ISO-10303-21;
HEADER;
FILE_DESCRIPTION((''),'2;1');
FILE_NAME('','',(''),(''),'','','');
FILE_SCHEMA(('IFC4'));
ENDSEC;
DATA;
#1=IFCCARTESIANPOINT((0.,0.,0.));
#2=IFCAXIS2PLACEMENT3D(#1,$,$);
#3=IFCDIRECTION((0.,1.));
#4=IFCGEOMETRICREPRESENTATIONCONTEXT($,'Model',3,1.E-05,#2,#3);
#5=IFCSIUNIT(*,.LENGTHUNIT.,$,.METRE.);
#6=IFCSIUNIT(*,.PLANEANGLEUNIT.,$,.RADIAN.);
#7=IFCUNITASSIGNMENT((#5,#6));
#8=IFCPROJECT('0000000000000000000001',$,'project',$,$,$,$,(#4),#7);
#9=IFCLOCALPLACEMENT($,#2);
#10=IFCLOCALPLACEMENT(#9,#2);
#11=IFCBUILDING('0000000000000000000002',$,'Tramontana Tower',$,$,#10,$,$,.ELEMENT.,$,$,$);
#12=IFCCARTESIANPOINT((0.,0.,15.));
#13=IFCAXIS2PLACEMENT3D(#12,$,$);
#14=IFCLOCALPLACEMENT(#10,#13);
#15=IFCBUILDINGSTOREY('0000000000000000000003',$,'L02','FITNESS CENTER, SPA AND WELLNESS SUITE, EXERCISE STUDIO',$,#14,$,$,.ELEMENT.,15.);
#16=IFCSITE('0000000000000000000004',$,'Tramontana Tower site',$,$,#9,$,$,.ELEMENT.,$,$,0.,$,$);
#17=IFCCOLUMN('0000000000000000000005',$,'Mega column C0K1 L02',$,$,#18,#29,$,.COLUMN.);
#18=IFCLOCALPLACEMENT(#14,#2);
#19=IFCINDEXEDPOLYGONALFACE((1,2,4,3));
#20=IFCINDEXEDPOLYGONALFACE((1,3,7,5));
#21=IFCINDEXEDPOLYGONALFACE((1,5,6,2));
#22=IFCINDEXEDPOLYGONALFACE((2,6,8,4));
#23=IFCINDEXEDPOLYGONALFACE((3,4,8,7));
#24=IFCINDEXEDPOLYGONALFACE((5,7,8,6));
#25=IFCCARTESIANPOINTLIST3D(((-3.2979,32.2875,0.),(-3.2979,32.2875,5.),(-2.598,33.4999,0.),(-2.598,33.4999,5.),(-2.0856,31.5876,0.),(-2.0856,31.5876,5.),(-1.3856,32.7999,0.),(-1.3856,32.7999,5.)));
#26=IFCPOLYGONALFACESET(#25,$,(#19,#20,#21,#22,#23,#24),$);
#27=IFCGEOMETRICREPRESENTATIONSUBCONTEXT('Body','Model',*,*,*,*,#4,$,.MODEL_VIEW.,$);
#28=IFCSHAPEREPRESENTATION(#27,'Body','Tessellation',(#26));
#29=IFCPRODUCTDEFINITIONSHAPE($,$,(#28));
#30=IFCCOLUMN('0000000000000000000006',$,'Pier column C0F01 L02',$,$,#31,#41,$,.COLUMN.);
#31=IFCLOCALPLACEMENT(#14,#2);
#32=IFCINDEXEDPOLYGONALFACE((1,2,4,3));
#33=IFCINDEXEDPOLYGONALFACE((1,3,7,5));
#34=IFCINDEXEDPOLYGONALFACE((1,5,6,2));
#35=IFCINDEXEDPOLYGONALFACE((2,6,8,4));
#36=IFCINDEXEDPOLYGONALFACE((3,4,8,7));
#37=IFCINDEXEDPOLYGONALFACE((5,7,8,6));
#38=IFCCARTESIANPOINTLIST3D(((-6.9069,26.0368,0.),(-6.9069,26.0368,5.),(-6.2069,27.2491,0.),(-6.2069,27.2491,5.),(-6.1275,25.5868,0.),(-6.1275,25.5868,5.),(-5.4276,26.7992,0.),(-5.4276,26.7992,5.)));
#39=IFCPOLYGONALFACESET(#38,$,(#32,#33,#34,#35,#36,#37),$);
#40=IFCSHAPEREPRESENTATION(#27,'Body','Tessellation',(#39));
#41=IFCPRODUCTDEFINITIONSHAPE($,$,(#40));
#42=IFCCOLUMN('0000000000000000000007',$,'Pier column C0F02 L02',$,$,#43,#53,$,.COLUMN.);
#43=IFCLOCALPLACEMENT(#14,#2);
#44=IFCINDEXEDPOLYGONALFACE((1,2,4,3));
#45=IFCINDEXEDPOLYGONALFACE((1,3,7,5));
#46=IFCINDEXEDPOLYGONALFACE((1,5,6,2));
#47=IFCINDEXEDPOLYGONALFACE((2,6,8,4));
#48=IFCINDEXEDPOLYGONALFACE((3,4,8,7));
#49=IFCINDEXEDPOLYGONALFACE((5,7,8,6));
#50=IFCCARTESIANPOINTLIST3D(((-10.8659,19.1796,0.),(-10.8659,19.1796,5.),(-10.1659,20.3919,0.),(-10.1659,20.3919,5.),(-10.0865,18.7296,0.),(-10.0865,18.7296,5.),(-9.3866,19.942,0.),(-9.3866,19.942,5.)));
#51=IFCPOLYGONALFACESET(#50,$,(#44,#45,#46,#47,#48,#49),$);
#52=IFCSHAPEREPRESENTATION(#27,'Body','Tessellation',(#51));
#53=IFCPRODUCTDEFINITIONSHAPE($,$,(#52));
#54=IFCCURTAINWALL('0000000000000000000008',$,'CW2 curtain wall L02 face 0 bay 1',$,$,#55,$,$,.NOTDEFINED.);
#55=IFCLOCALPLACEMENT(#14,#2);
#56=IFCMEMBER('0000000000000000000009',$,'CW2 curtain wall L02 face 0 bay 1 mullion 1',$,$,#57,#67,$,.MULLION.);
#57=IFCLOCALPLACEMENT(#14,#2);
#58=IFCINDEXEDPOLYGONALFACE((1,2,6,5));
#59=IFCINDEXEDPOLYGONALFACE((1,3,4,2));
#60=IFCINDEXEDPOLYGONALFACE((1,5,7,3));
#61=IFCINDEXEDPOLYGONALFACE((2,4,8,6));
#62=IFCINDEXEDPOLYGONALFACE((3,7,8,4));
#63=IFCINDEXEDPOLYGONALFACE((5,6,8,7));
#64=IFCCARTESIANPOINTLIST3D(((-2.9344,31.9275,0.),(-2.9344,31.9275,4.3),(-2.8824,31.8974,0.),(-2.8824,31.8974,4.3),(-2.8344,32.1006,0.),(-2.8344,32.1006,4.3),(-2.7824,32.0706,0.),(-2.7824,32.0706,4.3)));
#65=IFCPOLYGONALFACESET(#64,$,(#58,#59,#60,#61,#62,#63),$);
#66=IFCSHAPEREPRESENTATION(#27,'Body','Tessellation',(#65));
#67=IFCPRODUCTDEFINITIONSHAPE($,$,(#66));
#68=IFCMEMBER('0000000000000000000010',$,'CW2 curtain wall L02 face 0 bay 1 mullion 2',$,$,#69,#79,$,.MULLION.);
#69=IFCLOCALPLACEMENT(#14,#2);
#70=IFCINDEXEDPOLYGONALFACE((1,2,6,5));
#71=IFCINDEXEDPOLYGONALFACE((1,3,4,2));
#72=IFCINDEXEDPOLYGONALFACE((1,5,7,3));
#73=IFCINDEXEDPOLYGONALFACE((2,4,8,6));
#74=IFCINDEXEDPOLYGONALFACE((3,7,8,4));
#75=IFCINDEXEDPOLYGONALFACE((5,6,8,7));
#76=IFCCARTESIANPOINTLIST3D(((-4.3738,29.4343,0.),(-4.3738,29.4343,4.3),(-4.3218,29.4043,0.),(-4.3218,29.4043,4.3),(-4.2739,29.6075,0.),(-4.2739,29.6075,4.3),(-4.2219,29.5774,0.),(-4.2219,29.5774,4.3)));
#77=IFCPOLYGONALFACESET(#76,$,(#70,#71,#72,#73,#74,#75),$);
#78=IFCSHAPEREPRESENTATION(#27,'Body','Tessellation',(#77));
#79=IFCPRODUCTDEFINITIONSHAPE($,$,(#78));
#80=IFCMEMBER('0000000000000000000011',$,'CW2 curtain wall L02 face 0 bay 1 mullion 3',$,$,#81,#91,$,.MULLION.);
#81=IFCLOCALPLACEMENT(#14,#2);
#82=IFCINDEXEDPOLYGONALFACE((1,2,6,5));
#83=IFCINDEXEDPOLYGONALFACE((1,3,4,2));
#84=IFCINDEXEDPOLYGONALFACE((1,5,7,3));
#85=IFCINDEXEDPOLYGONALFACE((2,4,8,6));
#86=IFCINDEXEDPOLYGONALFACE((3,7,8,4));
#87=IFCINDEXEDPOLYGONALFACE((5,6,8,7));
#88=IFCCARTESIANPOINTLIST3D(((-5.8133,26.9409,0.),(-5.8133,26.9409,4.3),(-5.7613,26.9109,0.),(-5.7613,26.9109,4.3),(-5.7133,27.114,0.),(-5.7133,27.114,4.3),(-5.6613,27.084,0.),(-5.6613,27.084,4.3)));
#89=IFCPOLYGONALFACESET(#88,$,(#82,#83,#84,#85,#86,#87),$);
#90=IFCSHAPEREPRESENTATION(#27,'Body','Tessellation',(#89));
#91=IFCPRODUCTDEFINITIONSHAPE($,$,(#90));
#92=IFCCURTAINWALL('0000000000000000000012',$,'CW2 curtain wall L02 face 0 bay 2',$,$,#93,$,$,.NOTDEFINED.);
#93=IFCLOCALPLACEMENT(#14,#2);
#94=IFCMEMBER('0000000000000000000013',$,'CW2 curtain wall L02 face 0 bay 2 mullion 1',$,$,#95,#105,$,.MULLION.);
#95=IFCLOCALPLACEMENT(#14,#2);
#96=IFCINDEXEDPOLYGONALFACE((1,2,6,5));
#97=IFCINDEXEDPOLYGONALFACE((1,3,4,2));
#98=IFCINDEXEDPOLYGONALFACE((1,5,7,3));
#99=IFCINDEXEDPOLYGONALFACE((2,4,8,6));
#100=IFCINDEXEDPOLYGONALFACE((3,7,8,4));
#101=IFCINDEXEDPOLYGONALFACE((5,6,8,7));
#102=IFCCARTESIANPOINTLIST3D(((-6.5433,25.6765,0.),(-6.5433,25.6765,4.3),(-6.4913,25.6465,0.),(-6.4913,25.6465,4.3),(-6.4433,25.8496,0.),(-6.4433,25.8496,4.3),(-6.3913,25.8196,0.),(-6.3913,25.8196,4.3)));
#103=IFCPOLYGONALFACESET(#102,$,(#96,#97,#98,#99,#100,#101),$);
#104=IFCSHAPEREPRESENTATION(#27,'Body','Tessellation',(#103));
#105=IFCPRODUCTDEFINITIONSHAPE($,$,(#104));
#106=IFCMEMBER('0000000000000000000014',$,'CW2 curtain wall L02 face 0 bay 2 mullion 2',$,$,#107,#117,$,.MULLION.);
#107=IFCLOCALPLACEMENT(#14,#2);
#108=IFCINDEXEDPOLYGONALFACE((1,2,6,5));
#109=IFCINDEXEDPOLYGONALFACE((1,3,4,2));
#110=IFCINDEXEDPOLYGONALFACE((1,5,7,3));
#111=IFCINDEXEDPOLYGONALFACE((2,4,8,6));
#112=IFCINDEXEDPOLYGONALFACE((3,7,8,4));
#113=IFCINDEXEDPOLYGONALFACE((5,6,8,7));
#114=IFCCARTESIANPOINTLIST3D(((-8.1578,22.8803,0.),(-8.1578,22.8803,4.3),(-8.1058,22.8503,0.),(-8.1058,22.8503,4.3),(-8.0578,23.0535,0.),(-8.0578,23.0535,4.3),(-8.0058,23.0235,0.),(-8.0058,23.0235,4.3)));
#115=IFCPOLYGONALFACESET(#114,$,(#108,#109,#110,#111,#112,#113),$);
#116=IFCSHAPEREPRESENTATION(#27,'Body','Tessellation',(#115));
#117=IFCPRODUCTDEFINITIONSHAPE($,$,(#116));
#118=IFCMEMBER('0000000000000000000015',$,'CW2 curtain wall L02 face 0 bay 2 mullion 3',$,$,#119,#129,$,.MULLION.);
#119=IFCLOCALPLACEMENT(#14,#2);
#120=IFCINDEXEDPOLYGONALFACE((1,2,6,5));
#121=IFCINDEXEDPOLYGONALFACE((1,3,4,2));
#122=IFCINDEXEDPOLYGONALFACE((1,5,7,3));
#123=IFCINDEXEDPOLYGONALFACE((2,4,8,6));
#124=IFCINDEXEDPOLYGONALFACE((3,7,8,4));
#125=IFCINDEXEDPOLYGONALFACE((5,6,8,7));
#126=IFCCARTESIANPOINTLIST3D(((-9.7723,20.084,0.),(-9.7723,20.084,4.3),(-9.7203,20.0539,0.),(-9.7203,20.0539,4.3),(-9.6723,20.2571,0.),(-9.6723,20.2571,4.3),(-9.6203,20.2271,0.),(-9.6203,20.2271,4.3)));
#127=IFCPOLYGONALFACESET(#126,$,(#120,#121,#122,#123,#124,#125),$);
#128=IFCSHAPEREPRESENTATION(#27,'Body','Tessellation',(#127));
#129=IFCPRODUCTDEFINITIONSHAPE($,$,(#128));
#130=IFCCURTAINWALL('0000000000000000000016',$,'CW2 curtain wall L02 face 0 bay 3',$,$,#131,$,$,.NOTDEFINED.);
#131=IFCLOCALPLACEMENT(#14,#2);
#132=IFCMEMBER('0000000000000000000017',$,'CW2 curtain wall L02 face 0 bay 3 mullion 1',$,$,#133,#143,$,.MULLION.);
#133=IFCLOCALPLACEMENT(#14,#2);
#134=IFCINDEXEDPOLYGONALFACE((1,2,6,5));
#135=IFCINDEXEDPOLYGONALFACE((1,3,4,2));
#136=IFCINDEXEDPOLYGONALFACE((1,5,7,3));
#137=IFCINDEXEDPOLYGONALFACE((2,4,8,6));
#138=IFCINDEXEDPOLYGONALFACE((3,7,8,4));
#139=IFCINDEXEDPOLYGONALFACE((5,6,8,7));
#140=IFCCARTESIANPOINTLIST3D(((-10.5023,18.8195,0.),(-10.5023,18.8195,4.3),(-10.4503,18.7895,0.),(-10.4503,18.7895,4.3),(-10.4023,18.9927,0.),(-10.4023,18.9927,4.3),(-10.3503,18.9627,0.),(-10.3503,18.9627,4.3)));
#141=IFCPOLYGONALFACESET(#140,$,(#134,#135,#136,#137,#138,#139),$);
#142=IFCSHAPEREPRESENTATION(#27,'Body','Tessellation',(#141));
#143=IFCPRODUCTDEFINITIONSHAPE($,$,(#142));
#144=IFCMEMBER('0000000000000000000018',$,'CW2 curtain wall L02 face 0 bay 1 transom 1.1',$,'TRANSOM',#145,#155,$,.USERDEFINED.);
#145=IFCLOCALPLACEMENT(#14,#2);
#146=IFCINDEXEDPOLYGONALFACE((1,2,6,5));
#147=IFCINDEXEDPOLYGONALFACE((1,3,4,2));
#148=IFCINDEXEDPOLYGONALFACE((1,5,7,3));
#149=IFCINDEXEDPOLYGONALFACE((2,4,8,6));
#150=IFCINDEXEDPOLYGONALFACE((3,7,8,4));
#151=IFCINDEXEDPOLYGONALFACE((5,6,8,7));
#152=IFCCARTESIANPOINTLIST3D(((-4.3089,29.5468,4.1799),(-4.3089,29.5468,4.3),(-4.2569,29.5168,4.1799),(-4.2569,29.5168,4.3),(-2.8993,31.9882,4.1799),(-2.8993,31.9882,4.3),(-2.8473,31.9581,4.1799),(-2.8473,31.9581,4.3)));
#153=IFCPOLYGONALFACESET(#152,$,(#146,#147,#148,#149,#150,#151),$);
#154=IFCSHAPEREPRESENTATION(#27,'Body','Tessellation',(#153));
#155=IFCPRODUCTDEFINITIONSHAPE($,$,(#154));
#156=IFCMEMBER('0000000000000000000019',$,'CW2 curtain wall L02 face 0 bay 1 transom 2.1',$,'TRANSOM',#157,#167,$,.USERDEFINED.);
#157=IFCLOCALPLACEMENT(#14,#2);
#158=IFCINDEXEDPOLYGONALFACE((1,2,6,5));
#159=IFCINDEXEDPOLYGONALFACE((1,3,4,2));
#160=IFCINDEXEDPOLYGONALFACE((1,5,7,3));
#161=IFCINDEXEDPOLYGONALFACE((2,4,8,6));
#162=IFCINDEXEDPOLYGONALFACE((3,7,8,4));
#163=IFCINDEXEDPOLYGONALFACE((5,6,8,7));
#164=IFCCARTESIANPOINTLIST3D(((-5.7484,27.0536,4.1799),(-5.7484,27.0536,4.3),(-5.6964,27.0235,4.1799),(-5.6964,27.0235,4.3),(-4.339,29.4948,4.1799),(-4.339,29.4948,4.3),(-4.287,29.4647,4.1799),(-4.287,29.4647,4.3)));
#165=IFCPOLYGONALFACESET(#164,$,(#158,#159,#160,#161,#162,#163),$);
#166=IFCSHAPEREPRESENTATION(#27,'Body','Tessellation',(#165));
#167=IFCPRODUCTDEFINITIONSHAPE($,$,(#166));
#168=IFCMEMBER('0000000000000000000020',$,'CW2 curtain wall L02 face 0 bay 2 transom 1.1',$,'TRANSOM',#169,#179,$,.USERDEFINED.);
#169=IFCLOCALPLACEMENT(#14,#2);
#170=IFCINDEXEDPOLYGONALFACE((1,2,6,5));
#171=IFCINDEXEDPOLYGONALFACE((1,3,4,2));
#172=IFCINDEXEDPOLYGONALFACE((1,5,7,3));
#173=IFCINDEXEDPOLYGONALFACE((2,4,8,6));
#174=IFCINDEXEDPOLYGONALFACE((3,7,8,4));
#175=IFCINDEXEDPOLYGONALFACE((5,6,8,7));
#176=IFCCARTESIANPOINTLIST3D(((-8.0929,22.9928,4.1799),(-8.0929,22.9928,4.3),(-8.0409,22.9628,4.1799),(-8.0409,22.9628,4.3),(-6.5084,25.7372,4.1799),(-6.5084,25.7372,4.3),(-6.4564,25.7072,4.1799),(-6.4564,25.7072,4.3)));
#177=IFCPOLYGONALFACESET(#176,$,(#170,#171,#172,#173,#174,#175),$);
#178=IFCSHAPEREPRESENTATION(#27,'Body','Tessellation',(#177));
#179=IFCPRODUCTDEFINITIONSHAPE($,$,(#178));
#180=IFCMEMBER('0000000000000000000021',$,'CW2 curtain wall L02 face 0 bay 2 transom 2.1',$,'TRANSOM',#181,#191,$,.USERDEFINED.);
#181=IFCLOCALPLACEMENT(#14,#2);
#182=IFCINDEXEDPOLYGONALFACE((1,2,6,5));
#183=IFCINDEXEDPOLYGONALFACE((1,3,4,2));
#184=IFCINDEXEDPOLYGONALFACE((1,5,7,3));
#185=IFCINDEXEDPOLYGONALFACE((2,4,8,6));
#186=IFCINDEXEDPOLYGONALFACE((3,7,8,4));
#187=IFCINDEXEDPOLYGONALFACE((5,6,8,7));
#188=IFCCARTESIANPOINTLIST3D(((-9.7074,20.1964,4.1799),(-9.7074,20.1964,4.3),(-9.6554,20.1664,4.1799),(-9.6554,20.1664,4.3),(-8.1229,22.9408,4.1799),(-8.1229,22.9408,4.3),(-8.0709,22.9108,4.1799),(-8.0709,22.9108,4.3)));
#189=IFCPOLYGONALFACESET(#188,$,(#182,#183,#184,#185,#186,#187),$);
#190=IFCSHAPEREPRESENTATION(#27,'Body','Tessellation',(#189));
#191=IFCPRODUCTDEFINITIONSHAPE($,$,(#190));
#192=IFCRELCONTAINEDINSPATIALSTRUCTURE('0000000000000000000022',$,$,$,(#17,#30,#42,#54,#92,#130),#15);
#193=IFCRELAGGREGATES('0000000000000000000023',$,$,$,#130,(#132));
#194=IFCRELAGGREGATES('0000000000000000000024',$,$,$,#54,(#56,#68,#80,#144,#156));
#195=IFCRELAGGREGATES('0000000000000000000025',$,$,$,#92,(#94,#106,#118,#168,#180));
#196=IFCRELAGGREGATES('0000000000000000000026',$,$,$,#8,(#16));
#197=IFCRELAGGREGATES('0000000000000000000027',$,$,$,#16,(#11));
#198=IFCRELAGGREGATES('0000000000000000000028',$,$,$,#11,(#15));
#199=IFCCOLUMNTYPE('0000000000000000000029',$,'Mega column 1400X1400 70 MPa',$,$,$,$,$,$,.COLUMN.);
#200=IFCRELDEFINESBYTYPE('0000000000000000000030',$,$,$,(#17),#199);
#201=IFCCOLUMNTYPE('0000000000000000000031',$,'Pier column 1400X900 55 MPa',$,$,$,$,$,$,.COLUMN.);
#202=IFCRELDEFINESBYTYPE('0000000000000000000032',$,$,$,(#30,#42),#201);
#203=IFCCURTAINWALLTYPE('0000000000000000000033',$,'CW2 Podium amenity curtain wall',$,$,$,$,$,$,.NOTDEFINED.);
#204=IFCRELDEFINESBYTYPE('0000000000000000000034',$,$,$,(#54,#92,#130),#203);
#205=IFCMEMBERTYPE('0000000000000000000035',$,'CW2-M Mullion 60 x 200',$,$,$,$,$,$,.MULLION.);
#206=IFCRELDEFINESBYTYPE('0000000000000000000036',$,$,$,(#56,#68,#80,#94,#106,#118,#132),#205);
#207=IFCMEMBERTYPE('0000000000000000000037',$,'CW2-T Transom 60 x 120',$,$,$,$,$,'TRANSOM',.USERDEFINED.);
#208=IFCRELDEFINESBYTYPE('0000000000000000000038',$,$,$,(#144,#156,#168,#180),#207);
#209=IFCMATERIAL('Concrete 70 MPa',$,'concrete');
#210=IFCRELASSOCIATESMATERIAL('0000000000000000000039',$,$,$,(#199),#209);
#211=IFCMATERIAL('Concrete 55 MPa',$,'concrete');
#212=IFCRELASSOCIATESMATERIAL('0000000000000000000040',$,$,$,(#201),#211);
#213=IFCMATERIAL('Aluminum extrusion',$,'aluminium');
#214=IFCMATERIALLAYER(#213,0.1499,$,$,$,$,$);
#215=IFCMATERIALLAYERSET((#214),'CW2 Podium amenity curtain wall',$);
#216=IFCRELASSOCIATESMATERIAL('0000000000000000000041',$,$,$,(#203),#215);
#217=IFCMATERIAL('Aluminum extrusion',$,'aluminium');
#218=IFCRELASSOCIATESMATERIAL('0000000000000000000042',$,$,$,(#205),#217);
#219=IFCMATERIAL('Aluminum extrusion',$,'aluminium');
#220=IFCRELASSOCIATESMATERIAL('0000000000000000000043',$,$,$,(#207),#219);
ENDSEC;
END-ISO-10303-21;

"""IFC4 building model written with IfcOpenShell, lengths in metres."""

from ifc_helpers import new_model, si_unit, direction, frame, origin, origin_2d, place, context, subcontext, project, spatial, rectangle, extrude, material, layer, layer_set, material_profile, profile_set, type_object, element, aggregate, save


model = new_model("IFC4")

# Units and contexts
model_context = context("Model", 3, precision=1e-05, world=origin(), true_north=direction((0.0, 1.0)))
body_context = subcontext(model_context, "Body", "Model", "MODEL_VIEW")
ifc_project = project(units=[si_unit("LENGTHUNIT", "METRE"), si_unit("PLANEANGLEUNIT", "RADIAN")], contexts=[model_context])

# Site, building, storey
site_placement = place(None, origin())
site = spatial("IfcSite", under=ifc_project, at=site_placement, Name="Tramontana Tower site", CompositionType="ELEMENT", RefElevation=0.0)
building_placement = place(site_placement, origin())
building = spatial("IfcBuilding", under=site, at=building_placement, Name="Tramontana Tower", CompositionType="ELEMENT")
storey_placement = place(building_placement, frame((0.0, 0.0, 15.0)))
storey = spatial("IfcBuildingStorey", under=building, at=storey_placement, Name="L02", Description="FITNESS CENTER, SPA AND WELLNESS SUITE, EXERCISE STUDIO", CompositionType="ELEMENT", Elevation=15.0)

# Columns
ifc_material_1 = material(Name="Concrete 70 MPa", Category="concrete")
ifc_material_profile_1 = material_profile(ifc_material_1, rectangle(XDim=1.3999, YDim=1.3999, at=origin_2d()), Name="Mega column 1400X1400 70 MPa")
ifc_profile_set_1 = profile_set([ifc_material_profile_1], Name="Concrete 70 MPa")
column_type_1 = type_object("IfcColumnType", Name="Mega column 1400X1400 70 MPa", PredefinedType="COLUMN", material=ifc_profile_set_1)
column_placement = place(storey_placement, frame((-2.3418, 32.5437, 0.0), z_axis=(0.0, 0.0, 1.0), x_axis=(-0.5, -0.866025, 0.0)))
element("IfcColumn", 1, at=column_placement, inside=storey, type_object=column_type_1, Name="Mega column C0K1 L02", PredefinedType="COLUMN", context=body_context, shape_type="SweptSolid", body=[
    extrude(rectangle(XDim=1.3999, YDim=1.3999, at=origin_2d()), origin(), (0.0, 0.0, 1.0), 5.0),
])
ifc_material_2 = material(Name="Concrete 55 MPa", Category="concrete")
ifc_material_profile_2 = material_profile(ifc_material_2, rectangle(XDim=1.3999, YDim=0.8999, at=origin_2d()), Name="Pier column 1400X900 55 MPa")
ifc_profile_set_2 = profile_set([ifc_material_profile_2], Name="Concrete 55 MPa")
column_type_2 = type_object("IfcColumnType", Name="Pier column 1400X900 55 MPa", PredefinedType="COLUMN", material=ifc_profile_set_2)
for number, where, z_axis, x_axis, name in (
    (2, (-6.1672, 26.418, 0.0), (0.0, 0.0, 1.0), (-0.5, -0.866025, 0.0), "Pier column C0F01 L02"),
    (3, (-10.1262, 19.5608, 0.0), (0.0, 0.0, 1.0), (-0.5, -0.866025, 0.0), "Pier column C0F02 L02"),
):
    element("IfcColumn", number, at=place(storey_placement, frame(where, z_axis=z_axis, x_axis=x_axis)), inside=storey, type_object=column_type_2, Name=name, PredefinedType="COLUMN", context=body_context, shape_type="SweptSolid", body=[
        extrude(rectangle(XDim=1.3999, YDim=0.8999, at=origin_2d()), origin(), (0.0, 0.0, 1.0), 5.0),
    ])

# Curtain walls, members
ifc_material_3 = material(Name="Aluminum extrusion", Category="aluminium")
ifc_layer_1 = layer(ifc_material_3, 0.1499)
ifc_layer_set_1 = layer_set([ifc_layer_1], Name="CW2 Podium amenity curtain wall")
curtain_wall_type = type_object("IfcCurtainWallType", Name="CW2 Podium amenity curtain wall", PredefinedType="NOTDEFINED", material=ifc_layer_set_1)
curtain_wall_1_placement = place(storey_placement, origin())
curtain_wall_1 = element("IfcCurtainWall", 4, at=curtain_wall_1_placement, inside=storey, type_object=curtain_wall_type, Name="CW2 curtain wall L02 face 0 bay 1", PredefinedType="NOTDEFINED")
ifc_material_4 = material(Name="Aluminum extrusion", Category="aluminium")
ifc_material_profile_3 = material_profile(ifc_material_4, rectangle(XDim=0.0601, YDim=0.2, at=origin_2d()), Name="CW2-M Mullion 60 x 200")
ifc_profile_set_3 = profile_set([ifc_material_profile_3], Name="Aluminum extrusion")
member_type_1 = type_object("IfcMemberType", Name="CW2-M Mullion 60 x 200", PredefinedType="MULLION", material=ifc_profile_set_3)
member_1_placement = place(storey_placement, frame((-2.8584, 31.999, 0.0), z_axis=(0.0, 0.0, 1.0), x_axis=(0.866025, -0.5, 0.0)))
member_1 = element("IfcMember", 5, at=member_1_placement, type_object=member_type_1, Name="CW2 curtain wall L02 face 0 bay 1 mullion 1", PredefinedType="MULLION", context=body_context, shape_type="SweptSolid", body=[
    extrude(rectangle(XDim=0.0601, YDim=0.2, at=origin_2d()), origin(), (0.0, 0.0, 1.0), 4.3),
])
member_2_placement = place(storey_placement, frame((-4.2979, 29.5059, 0.0), z_axis=(0.0, 0.0, 1.0), x_axis=(0.866025, -0.5, 0.0)))
member_2 = element("IfcMember", 6, at=member_2_placement, type_object=member_type_1, Name="CW2 curtain wall L02 face 0 bay 1 mullion 2", PredefinedType="MULLION", context=body_context, shape_type="SweptSolid", body=[
    extrude(rectangle(XDim=0.0601, YDim=0.2, at=origin_2d()), origin(), (0.0, 0.0, 1.0), 4.3),
])
member_3_placement = place(storey_placement, frame((-5.7373, 27.0125, 0.0), z_axis=(0.0, 0.0, 1.0), x_axis=(0.866025, -0.5, 0.0)))
member_3 = element("IfcMember", 7, at=member_3_placement, type_object=member_type_1, Name="CW2 curtain wall L02 face 0 bay 1 mullion 3", PredefinedType="MULLION", context=body_context, shape_type="SweptSolid", body=[
    extrude(rectangle(XDim=0.0601, YDim=0.2, at=origin_2d()), origin(), (0.0, 0.0, 1.0), 4.3),
])
curtain_wall_2_placement = place(storey_placement, origin())
curtain_wall_2 = element("IfcCurtainWall", 8, at=curtain_wall_2_placement, inside=storey, type_object=curtain_wall_type, Name="CW2 curtain wall L02 face 0 bay 2", PredefinedType="NOTDEFINED")
member_4_placement = place(storey_placement, frame((-6.4673, 25.748, 0.0), z_axis=(0.0, 0.0, 1.0), x_axis=(0.866025, -0.5, 0.0)))
member_4 = element("IfcMember", 9, at=member_4_placement, type_object=member_type_1, Name="CW2 curtain wall L02 face 0 bay 2 mullion 1", PredefinedType="MULLION", context=body_context, shape_type="SweptSolid", body=[
    extrude(rectangle(XDim=0.0601, YDim=0.2, at=origin_2d()), origin(), (0.0, 0.0, 1.0), 4.3),
])
member_5_placement = place(storey_placement, frame((-8.0818, 22.9519, 0.0), z_axis=(0.0, 0.0, 1.0), x_axis=(0.866025, -0.5, 0.0)))
member_5 = element("IfcMember", 10, at=member_5_placement, type_object=member_type_1, Name="CW2 curtain wall L02 face 0 bay 2 mullion 2", PredefinedType="MULLION", context=body_context, shape_type="SweptSolid", body=[
    extrude(rectangle(XDim=0.0601, YDim=0.2, at=origin_2d()), origin(), (0.0, 0.0, 1.0), 4.3),
])
member_6_placement = place(storey_placement, frame((-9.6963, 20.1555, 0.0), z_axis=(0.0, 0.0, 1.0), x_axis=(0.866025, -0.5, 0.0)))
member_6 = element("IfcMember", 11, at=member_6_placement, type_object=member_type_1, Name="CW2 curtain wall L02 face 0 bay 2 mullion 3", PredefinedType="MULLION", context=body_context, shape_type="SweptSolid", body=[
    extrude(rectangle(XDim=0.0601, YDim=0.2, at=origin_2d()), origin(), (0.0, 0.0, 1.0), 4.3),
])

# Curtain wall, member
curtain_wall_3_placement = place(storey_placement, origin())
curtain_wall_3 = element("IfcCurtainWall", 12, at=curtain_wall_3_placement, inside=storey, type_object=curtain_wall_type, Name="CW2 curtain wall L02 face 0 bay 3", PredefinedType="NOTDEFINED")
member_7_placement = place(storey_placement, frame((-10.4263, 18.8911, 0.0), z_axis=(0.0, 0.0, 1.0), x_axis=(0.866025, -0.5, 0.0)))
member_7 = element("IfcMember", 13, at=member_7_placement, type_object=member_type_1, Name="CW2 curtain wall L02 face 0 bay 3 mullion 1", PredefinedType="MULLION", context=body_context, shape_type="SweptSolid", body=[
    extrude(rectangle(XDim=0.0601, YDim=0.2, at=origin_2d()), origin(), (0.0, 0.0, 1.0), 4.3),
])
aggregate(curtain_wall_3, [member_7])

# Members
ifc_material_5 = material(Name="Aluminum extrusion", Category="aluminium")
ifc_material_profile_4 = material_profile(ifc_material_5, rectangle(XDim=0.0601, YDim=0.1201, at=origin_2d()), Name="CW2-T Transom 60 x 120")
ifc_profile_set_4 = profile_set([ifc_material_profile_4], Name="Aluminum extrusion")
member_type_2 = type_object("IfcMemberType", Name="CW2-T Transom 60 x 120", ElementType="TRANSOM", PredefinedType="USERDEFINED", material=ifc_profile_set_4)
member_8_placement = place(storey_placement, frame((-2.8733, 31.9731, 4.24), z_axis=(-0.500032, -0.866007, 0.0), x_axis=(0.866007, -0.500032, 0.0)))
member_8 = element("IfcMember", 14, at=member_8_placement, type_object=member_type_2, Name="CW2 curtain wall L02 face 0 bay 1 transom 1.1", ObjectType="TRANSOM", PredefinedType="USERDEFINED", context=body_context, shape_type="SweptSolid", body=[
    extrude(rectangle(XDim=0.0601, YDim=0.1201, at=origin_2d()), origin(), (0.0, 0.0, 1.0), 2.8191),
])
member_9_placement = place(storey_placement, frame((-4.313, 29.4797, 4.24), z_axis=(-0.500005, -0.866023, 0.0), x_axis=(0.866023, -0.500005, 0.0)))
member_9 = element("IfcMember", 15, at=member_9_placement, type_object=member_type_2, Name="CW2 curtain wall L02 face 0 bay 1 transom 2.1", ObjectType="TRANSOM", PredefinedType="USERDEFINED", context=body_context, shape_type="SweptSolid", body=[
    extrude(rectangle(XDim=0.0601, YDim=0.1201, at=origin_2d()), origin(), (0.0, 0.0, 1.0), 2.8188),
])
member_10_placement = place(storey_placement, frame((-6.4824, 25.7222, 4.24), z_axis=(-0.5, -0.866025, 0.0), x_axis=(0.866025, -0.5, 0.0)))
member_10 = element("IfcMember", 16, at=member_10_placement, type_object=member_type_2, Name="CW2 curtain wall L02 face 0 bay 2 transom 1.1", ObjectType="TRANSOM", PredefinedType="USERDEFINED", context=body_context, shape_type="SweptSolid", body=[
    extrude(rectangle(XDim=0.0601, YDim=0.1201, at=origin_2d()), origin(), (0.0, 0.0, 1.0), 3.1689),
])
member_11_placement = place(storey_placement, frame((-8.0969, 22.9258, 4.24), z_axis=(-0.5, -0.866025, 0.0), x_axis=(0.866025, -0.5, 0.0)))
member_11 = element("IfcMember", 17, at=member_11_placement, type_object=member_type_2, Name="CW2 curtain wall L02 face 0 bay 2 transom 2.1", ObjectType="TRANSOM", PredefinedType="USERDEFINED", context=body_context, shape_type="SweptSolid", body=[
    extrude(rectangle(XDim=0.0601, YDim=0.1201, at=origin_2d()), origin(), (0.0, 0.0, 1.0), 3.1689),
])

aggregate(curtain_wall_1, [member_1, member_2, member_3, member_8, member_9])
aggregate(curtain_wall_2, [member_4, member_5, member_6, member_10, member_11])

save(model, "model.ifc")
